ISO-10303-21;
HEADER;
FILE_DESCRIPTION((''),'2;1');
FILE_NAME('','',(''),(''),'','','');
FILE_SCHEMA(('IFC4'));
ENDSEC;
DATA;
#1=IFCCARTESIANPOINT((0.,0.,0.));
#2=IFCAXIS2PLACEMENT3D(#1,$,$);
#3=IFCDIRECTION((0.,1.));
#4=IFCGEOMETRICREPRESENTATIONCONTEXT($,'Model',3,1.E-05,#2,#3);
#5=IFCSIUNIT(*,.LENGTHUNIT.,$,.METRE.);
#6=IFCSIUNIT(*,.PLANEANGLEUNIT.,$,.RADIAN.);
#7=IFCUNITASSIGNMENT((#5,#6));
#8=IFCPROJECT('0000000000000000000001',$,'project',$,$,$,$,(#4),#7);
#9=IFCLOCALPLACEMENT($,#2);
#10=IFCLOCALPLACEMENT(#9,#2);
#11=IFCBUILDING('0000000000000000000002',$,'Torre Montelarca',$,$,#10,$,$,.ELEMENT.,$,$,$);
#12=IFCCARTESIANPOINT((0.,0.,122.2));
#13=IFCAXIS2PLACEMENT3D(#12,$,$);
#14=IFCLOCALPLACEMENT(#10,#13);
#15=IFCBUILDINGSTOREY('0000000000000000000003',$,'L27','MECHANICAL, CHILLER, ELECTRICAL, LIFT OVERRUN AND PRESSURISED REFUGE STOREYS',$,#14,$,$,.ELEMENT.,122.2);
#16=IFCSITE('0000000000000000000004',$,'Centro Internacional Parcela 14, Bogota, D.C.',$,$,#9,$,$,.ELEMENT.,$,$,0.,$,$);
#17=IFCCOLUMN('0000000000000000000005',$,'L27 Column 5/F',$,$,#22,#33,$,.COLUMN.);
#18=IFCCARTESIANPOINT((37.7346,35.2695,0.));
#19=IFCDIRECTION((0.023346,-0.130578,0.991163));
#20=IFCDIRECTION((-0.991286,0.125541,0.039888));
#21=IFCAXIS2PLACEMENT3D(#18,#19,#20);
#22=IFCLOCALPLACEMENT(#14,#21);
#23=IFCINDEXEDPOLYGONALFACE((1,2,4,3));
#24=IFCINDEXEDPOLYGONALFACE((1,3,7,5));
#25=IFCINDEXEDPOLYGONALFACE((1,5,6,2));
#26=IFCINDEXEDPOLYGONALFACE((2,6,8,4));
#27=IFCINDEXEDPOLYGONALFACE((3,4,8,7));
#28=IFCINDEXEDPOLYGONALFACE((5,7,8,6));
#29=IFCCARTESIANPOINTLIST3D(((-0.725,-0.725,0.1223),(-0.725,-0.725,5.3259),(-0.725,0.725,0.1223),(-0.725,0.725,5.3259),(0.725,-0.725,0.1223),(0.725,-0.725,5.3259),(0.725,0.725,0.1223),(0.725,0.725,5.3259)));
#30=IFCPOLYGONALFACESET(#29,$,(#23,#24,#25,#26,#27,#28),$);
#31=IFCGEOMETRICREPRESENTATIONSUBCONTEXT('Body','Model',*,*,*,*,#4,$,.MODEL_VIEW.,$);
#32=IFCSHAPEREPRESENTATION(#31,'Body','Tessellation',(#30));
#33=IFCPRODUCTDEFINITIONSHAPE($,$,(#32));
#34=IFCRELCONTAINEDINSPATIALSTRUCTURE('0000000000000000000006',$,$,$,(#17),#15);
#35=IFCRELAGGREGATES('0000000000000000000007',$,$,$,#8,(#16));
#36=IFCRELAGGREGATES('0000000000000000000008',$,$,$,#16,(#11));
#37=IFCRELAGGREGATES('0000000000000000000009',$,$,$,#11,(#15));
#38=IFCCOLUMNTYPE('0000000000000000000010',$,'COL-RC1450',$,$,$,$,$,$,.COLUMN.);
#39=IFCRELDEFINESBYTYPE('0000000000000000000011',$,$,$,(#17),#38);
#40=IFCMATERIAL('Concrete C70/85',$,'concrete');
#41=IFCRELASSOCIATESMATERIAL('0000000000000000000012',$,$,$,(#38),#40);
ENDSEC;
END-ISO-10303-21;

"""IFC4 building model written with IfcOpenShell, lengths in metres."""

from ifc_helpers import new_model, si_unit, direction, frame, origin, origin_2d, place, context, subcontext, project, spatial, rectangle, extrude, clip, halfspace, material, material_profile, profile_set, type_object, element, save


model = new_model("IFC4")

# Units and contexts
model_context = context("Model", 3, precision=1e-05, world=origin(), true_north=direction((0.0, 1.0)))
body_context = subcontext(model_context, "Body", "Model", "MODEL_VIEW")
ifc_project = project(units=[si_unit("LENGTHUNIT", "METRE"), si_unit("PLANEANGLEUNIT", "RADIAN")], contexts=[model_context])

# Site, building, storey
site_placement = place(None, origin())
site = spatial("IfcSite", under=ifc_project, at=site_placement, Name="Centro Internacional Parcela 14, Bogota, D.C.", CompositionType="ELEMENT", RefElevation=0.0)
building_placement = place(site_placement, origin())
building = spatial("IfcBuilding", under=site, at=building_placement, Name="Torre Montelarca", CompositionType="ELEMENT")
storey_placement = place(building_placement, frame((0.0, 0.0, 122.2)))
storey = spatial("IfcBuildingStorey", under=building, at=storey_placement, Name="L27", Description="MECHANICAL, CHILLER, ELECTRICAL, LIFT OVERRUN AND PRESSURISED REFUGE STOREYS", CompositionType="ELEMENT", Elevation=122.2)

# Column
ifc_material_1 = material(Name="Concrete C70/85", Category="concrete")
ifc_material_profile_1 = material_profile(ifc_material_1, rectangle(XDim=1.45, YDim=1.45, at=origin_2d()), Name="RC1450X1450", Category="concrete")
ifc_profile_set_1 = profile_set([ifc_material_profile_1], Name="Concrete C70/85")
column_type = type_object("IfcColumnType", Name="COL-RC1450", PredefinedType="COLUMN", material=ifc_profile_set_1)
column_placement = place(storey_placement, frame((37.7346, 35.2695, 0.0), z_axis=(0.023346, -0.130578, 0.991163), x_axis=(-0.991286, 0.125541, 0.039888)))
element("IfcColumn", 1, at=column_placement, inside=storey, type_object=column_type, Name="L27 Column 5/F", PredefinedType="COLUMN", context=body_context, shape_type="Clipping", body=[
    clip(clip(extrude(rectangle(XDim=1.45, YDim=1.45, at=origin_2d()), origin(), (0.0, 0.0, 1.0), 5.4482), halfspace(frame((0.0, 0.0, 0.1223), z_axis=(0.0, 0.0, -1.0), x_axis=(1.0, 0.0, 0.0)), False)), halfspace(frame((0.0, 0.0, 5.3259), z_axis=(0.0, 0.0, 1.0), x_axis=(1.0, 0.0, 0.0)), False)),
])

save(model, "model.ifc")
